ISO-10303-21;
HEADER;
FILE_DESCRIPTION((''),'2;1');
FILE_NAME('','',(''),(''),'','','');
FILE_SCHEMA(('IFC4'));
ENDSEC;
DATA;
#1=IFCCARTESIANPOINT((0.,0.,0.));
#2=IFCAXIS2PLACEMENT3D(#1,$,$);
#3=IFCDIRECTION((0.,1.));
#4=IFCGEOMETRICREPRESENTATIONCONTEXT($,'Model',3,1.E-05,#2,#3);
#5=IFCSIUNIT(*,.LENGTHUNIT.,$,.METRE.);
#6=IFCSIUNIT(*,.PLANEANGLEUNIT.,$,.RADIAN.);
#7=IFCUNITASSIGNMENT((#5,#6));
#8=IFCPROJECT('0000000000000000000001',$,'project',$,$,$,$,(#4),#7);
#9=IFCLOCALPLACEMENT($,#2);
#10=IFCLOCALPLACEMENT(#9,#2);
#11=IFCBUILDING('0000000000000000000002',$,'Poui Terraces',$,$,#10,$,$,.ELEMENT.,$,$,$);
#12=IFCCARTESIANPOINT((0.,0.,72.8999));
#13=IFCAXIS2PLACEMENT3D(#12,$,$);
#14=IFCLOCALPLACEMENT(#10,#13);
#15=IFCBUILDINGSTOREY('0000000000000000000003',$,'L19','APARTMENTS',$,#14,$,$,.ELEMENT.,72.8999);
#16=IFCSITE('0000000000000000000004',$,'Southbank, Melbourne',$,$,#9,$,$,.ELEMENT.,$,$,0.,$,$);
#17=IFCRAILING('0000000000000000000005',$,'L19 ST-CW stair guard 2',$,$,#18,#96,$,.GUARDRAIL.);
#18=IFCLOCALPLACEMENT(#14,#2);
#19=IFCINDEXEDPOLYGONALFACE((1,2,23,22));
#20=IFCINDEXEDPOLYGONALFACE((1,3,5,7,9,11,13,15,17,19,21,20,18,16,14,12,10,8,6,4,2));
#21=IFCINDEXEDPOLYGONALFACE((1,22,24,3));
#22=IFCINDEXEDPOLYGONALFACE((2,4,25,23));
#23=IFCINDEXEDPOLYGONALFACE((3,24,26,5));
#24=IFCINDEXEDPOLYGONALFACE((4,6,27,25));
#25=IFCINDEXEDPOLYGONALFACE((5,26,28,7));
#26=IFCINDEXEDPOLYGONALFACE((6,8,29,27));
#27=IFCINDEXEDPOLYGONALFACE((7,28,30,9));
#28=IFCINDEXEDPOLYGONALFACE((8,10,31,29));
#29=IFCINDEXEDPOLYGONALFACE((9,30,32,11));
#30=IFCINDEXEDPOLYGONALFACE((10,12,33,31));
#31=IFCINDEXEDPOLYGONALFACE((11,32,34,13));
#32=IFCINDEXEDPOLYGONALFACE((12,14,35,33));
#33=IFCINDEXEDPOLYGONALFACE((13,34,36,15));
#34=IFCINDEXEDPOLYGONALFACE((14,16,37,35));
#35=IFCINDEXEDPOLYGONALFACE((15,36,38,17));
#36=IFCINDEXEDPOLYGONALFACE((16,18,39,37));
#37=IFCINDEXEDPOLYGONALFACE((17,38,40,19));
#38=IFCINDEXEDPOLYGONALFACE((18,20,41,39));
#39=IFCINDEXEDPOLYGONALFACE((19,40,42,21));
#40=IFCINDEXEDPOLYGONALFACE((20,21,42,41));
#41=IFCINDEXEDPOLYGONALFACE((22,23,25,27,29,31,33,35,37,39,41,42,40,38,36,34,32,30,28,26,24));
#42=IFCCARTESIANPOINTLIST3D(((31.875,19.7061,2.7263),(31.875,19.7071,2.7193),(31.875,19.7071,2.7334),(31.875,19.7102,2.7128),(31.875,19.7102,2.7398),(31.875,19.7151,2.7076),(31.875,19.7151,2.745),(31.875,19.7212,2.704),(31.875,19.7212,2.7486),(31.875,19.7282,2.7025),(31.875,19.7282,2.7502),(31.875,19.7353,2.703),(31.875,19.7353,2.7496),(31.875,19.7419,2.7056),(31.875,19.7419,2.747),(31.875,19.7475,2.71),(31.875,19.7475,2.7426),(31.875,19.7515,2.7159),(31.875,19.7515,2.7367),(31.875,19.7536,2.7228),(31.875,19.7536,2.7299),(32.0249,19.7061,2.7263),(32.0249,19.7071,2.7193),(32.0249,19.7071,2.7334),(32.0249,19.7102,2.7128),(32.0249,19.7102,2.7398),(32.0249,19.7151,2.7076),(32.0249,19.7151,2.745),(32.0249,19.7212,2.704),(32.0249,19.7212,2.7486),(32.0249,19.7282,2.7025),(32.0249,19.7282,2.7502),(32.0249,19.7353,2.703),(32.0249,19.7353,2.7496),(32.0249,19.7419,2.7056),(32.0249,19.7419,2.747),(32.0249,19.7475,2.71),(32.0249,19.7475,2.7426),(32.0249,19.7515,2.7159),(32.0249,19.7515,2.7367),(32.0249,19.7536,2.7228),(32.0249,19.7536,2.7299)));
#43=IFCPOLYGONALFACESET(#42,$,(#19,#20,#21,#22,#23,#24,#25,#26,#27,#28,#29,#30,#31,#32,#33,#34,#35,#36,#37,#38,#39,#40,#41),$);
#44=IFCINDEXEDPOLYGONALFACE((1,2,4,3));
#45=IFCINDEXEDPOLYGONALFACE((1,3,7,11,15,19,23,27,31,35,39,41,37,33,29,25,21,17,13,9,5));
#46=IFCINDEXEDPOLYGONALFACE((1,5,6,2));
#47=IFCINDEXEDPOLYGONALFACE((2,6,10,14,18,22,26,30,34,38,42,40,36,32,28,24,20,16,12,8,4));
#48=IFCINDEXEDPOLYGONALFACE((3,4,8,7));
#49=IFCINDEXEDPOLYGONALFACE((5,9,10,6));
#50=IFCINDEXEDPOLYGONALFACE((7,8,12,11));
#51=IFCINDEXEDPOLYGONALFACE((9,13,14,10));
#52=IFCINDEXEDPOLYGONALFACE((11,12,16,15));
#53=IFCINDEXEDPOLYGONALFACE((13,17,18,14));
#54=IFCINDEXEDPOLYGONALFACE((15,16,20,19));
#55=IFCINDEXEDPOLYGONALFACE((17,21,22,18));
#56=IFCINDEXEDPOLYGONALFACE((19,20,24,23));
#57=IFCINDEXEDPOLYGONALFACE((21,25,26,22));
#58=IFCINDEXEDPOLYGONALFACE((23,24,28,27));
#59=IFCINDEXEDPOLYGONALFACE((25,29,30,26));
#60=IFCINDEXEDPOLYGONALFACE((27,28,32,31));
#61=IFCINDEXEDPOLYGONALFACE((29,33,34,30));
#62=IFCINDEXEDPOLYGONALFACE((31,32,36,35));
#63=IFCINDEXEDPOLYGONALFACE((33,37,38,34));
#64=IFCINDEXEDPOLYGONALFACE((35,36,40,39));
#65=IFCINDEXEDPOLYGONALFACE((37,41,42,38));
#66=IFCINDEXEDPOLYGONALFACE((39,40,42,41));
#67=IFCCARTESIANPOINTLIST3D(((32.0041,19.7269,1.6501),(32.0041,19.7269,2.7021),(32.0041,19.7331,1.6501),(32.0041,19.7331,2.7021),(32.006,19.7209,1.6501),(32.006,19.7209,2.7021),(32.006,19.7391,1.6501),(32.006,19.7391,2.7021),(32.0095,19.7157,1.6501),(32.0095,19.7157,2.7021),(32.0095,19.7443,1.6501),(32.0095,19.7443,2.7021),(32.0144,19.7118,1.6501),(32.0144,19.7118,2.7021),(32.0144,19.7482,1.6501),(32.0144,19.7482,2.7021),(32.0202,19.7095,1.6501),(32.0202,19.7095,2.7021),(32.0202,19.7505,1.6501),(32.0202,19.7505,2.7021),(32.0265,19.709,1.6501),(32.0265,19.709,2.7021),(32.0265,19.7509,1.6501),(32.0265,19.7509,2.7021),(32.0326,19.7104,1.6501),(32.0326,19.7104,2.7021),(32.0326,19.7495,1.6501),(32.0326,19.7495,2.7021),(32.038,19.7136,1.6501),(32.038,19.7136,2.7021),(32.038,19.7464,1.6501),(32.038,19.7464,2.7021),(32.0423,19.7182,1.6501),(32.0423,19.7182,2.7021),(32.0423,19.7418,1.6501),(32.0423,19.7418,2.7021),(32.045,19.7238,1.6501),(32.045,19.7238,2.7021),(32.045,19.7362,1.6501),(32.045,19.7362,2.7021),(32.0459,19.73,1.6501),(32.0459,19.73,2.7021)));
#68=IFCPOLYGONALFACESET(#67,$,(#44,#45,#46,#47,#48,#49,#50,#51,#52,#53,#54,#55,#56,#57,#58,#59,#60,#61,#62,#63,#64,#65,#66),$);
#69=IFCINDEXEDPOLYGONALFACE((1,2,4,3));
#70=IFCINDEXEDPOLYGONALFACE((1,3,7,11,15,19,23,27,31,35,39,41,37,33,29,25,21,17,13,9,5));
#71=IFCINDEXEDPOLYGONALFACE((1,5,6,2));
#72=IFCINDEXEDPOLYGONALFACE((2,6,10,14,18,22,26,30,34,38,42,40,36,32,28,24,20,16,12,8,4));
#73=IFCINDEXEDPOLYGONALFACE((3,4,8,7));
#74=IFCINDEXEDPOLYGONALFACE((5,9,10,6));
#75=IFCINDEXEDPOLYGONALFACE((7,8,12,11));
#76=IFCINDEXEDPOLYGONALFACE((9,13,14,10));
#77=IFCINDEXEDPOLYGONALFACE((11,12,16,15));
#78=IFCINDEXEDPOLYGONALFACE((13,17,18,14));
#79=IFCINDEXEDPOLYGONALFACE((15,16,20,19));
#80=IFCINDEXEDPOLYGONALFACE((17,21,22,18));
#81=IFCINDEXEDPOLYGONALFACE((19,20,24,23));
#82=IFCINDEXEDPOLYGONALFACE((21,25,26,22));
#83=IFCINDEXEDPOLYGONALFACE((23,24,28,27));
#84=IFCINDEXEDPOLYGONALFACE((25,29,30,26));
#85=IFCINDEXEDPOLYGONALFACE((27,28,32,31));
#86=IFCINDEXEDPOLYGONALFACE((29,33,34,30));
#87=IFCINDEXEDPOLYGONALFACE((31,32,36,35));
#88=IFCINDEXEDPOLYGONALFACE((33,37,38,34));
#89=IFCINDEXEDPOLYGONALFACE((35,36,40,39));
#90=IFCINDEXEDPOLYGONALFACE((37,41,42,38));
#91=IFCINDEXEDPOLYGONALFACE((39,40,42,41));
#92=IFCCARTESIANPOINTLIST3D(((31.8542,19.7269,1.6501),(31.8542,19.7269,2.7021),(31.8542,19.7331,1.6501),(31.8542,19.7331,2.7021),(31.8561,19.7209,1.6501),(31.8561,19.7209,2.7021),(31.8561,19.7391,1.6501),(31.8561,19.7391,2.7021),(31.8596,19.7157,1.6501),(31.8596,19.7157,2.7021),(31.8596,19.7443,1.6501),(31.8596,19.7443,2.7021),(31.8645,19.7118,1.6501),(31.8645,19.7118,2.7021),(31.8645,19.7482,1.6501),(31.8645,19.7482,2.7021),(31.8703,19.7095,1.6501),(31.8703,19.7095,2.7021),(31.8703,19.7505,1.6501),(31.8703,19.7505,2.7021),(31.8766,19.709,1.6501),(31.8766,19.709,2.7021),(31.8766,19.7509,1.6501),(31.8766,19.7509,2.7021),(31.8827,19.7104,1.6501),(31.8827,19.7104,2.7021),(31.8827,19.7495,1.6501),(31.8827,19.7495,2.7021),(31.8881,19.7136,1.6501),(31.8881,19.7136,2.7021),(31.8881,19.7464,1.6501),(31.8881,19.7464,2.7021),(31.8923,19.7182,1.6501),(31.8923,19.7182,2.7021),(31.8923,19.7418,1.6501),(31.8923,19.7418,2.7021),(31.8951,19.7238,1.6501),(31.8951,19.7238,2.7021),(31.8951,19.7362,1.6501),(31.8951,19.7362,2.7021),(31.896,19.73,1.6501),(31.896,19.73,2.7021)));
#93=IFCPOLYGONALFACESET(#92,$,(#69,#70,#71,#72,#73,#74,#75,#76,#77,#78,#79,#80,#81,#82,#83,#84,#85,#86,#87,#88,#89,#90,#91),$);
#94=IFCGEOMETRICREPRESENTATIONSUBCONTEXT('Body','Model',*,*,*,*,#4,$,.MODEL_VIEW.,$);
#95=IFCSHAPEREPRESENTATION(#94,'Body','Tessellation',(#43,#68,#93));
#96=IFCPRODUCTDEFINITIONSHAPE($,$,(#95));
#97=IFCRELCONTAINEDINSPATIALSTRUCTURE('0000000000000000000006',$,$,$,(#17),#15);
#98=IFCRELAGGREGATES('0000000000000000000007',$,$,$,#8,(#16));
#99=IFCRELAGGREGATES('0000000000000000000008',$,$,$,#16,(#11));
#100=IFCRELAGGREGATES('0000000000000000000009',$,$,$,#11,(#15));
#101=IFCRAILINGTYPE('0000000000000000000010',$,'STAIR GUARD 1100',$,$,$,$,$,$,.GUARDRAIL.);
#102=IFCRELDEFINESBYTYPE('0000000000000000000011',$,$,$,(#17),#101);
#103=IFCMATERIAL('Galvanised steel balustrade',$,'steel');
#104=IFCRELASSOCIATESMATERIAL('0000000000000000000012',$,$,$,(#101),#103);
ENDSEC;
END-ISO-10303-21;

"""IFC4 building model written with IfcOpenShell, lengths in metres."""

from ifc_helpers import new_model, si_unit, direction, frame, origin, origin_2d, place, context, subcontext, project, spatial, circle, extrude, material, type_object, element, save


model = new_model("IFC4")

# Units and contexts
model_context = context("Model", 3, precision=1e-05, world=origin(), true_north=direction((0.0, 1.0)))
body_context = subcontext(model_context, "Body", "Model", "MODEL_VIEW")
ifc_project = project(units=[si_unit("LENGTHUNIT", "METRE"), si_unit("PLANEANGLEUNIT", "RADIAN")], contexts=[model_context])

# Site, building, storey
site_placement = place(None, origin())
site = spatial("IfcSite", under=ifc_project, at=site_placement, Name="Southbank, Melbourne", CompositionType="ELEMENT", RefElevation=0.0)
building_placement = place(site_placement, origin())
building = spatial("IfcBuilding", under=site, at=building_placement, Name="Poui Terraces", CompositionType="ELEMENT")
storey_placement = place(building_placement, frame((0.0, 0.0, 72.8999)))
storey = spatial("IfcBuildingStorey", under=building, at=storey_placement, Name="L19", Description="APARTMENTS", CompositionType="ELEMENT", Elevation=72.8999)

# Railing
ifc_material_1 = material(Name="Galvanised steel balustrade", Category="steel")
railing_type_1 = type_object("IfcRailingType", Name="STAIR GUARD 1100", PredefinedType="GUARDRAIL", material=ifc_material_1)
railing_1_placement = place(storey_placement, frame((32.0249, 19.73, 1.6501)))
element("IfcRailing", 1, at=railing_1_placement, inside=storey, type_object=railing_type_1, Name="L19 ST-CW stair guard 2", PredefinedType="GUARDRAIL", context=body_context, shape_type="SweptSolid", body=[
    extrude(circle(Radius=0.0239, at=origin_2d()), frame((0.0, 0.0, 1.0762), z_axis=(-1.0, 0.0, 0.0), x_axis=(0.0, -1.0, 0.0)), (0.0, 0.0, 1.0), 0.1499),
    extrude(circle(Radius=0.021, at=origin_2d()), origin(), (0.0, 0.0, 1.0), 1.052),
    extrude(circle(Radius=0.021, at=origin_2d()), frame((-0.1499, 0.0, 0.0)), (0.0, 0.0, 1.0), 1.052),
])

save(model, "model.ifc")
